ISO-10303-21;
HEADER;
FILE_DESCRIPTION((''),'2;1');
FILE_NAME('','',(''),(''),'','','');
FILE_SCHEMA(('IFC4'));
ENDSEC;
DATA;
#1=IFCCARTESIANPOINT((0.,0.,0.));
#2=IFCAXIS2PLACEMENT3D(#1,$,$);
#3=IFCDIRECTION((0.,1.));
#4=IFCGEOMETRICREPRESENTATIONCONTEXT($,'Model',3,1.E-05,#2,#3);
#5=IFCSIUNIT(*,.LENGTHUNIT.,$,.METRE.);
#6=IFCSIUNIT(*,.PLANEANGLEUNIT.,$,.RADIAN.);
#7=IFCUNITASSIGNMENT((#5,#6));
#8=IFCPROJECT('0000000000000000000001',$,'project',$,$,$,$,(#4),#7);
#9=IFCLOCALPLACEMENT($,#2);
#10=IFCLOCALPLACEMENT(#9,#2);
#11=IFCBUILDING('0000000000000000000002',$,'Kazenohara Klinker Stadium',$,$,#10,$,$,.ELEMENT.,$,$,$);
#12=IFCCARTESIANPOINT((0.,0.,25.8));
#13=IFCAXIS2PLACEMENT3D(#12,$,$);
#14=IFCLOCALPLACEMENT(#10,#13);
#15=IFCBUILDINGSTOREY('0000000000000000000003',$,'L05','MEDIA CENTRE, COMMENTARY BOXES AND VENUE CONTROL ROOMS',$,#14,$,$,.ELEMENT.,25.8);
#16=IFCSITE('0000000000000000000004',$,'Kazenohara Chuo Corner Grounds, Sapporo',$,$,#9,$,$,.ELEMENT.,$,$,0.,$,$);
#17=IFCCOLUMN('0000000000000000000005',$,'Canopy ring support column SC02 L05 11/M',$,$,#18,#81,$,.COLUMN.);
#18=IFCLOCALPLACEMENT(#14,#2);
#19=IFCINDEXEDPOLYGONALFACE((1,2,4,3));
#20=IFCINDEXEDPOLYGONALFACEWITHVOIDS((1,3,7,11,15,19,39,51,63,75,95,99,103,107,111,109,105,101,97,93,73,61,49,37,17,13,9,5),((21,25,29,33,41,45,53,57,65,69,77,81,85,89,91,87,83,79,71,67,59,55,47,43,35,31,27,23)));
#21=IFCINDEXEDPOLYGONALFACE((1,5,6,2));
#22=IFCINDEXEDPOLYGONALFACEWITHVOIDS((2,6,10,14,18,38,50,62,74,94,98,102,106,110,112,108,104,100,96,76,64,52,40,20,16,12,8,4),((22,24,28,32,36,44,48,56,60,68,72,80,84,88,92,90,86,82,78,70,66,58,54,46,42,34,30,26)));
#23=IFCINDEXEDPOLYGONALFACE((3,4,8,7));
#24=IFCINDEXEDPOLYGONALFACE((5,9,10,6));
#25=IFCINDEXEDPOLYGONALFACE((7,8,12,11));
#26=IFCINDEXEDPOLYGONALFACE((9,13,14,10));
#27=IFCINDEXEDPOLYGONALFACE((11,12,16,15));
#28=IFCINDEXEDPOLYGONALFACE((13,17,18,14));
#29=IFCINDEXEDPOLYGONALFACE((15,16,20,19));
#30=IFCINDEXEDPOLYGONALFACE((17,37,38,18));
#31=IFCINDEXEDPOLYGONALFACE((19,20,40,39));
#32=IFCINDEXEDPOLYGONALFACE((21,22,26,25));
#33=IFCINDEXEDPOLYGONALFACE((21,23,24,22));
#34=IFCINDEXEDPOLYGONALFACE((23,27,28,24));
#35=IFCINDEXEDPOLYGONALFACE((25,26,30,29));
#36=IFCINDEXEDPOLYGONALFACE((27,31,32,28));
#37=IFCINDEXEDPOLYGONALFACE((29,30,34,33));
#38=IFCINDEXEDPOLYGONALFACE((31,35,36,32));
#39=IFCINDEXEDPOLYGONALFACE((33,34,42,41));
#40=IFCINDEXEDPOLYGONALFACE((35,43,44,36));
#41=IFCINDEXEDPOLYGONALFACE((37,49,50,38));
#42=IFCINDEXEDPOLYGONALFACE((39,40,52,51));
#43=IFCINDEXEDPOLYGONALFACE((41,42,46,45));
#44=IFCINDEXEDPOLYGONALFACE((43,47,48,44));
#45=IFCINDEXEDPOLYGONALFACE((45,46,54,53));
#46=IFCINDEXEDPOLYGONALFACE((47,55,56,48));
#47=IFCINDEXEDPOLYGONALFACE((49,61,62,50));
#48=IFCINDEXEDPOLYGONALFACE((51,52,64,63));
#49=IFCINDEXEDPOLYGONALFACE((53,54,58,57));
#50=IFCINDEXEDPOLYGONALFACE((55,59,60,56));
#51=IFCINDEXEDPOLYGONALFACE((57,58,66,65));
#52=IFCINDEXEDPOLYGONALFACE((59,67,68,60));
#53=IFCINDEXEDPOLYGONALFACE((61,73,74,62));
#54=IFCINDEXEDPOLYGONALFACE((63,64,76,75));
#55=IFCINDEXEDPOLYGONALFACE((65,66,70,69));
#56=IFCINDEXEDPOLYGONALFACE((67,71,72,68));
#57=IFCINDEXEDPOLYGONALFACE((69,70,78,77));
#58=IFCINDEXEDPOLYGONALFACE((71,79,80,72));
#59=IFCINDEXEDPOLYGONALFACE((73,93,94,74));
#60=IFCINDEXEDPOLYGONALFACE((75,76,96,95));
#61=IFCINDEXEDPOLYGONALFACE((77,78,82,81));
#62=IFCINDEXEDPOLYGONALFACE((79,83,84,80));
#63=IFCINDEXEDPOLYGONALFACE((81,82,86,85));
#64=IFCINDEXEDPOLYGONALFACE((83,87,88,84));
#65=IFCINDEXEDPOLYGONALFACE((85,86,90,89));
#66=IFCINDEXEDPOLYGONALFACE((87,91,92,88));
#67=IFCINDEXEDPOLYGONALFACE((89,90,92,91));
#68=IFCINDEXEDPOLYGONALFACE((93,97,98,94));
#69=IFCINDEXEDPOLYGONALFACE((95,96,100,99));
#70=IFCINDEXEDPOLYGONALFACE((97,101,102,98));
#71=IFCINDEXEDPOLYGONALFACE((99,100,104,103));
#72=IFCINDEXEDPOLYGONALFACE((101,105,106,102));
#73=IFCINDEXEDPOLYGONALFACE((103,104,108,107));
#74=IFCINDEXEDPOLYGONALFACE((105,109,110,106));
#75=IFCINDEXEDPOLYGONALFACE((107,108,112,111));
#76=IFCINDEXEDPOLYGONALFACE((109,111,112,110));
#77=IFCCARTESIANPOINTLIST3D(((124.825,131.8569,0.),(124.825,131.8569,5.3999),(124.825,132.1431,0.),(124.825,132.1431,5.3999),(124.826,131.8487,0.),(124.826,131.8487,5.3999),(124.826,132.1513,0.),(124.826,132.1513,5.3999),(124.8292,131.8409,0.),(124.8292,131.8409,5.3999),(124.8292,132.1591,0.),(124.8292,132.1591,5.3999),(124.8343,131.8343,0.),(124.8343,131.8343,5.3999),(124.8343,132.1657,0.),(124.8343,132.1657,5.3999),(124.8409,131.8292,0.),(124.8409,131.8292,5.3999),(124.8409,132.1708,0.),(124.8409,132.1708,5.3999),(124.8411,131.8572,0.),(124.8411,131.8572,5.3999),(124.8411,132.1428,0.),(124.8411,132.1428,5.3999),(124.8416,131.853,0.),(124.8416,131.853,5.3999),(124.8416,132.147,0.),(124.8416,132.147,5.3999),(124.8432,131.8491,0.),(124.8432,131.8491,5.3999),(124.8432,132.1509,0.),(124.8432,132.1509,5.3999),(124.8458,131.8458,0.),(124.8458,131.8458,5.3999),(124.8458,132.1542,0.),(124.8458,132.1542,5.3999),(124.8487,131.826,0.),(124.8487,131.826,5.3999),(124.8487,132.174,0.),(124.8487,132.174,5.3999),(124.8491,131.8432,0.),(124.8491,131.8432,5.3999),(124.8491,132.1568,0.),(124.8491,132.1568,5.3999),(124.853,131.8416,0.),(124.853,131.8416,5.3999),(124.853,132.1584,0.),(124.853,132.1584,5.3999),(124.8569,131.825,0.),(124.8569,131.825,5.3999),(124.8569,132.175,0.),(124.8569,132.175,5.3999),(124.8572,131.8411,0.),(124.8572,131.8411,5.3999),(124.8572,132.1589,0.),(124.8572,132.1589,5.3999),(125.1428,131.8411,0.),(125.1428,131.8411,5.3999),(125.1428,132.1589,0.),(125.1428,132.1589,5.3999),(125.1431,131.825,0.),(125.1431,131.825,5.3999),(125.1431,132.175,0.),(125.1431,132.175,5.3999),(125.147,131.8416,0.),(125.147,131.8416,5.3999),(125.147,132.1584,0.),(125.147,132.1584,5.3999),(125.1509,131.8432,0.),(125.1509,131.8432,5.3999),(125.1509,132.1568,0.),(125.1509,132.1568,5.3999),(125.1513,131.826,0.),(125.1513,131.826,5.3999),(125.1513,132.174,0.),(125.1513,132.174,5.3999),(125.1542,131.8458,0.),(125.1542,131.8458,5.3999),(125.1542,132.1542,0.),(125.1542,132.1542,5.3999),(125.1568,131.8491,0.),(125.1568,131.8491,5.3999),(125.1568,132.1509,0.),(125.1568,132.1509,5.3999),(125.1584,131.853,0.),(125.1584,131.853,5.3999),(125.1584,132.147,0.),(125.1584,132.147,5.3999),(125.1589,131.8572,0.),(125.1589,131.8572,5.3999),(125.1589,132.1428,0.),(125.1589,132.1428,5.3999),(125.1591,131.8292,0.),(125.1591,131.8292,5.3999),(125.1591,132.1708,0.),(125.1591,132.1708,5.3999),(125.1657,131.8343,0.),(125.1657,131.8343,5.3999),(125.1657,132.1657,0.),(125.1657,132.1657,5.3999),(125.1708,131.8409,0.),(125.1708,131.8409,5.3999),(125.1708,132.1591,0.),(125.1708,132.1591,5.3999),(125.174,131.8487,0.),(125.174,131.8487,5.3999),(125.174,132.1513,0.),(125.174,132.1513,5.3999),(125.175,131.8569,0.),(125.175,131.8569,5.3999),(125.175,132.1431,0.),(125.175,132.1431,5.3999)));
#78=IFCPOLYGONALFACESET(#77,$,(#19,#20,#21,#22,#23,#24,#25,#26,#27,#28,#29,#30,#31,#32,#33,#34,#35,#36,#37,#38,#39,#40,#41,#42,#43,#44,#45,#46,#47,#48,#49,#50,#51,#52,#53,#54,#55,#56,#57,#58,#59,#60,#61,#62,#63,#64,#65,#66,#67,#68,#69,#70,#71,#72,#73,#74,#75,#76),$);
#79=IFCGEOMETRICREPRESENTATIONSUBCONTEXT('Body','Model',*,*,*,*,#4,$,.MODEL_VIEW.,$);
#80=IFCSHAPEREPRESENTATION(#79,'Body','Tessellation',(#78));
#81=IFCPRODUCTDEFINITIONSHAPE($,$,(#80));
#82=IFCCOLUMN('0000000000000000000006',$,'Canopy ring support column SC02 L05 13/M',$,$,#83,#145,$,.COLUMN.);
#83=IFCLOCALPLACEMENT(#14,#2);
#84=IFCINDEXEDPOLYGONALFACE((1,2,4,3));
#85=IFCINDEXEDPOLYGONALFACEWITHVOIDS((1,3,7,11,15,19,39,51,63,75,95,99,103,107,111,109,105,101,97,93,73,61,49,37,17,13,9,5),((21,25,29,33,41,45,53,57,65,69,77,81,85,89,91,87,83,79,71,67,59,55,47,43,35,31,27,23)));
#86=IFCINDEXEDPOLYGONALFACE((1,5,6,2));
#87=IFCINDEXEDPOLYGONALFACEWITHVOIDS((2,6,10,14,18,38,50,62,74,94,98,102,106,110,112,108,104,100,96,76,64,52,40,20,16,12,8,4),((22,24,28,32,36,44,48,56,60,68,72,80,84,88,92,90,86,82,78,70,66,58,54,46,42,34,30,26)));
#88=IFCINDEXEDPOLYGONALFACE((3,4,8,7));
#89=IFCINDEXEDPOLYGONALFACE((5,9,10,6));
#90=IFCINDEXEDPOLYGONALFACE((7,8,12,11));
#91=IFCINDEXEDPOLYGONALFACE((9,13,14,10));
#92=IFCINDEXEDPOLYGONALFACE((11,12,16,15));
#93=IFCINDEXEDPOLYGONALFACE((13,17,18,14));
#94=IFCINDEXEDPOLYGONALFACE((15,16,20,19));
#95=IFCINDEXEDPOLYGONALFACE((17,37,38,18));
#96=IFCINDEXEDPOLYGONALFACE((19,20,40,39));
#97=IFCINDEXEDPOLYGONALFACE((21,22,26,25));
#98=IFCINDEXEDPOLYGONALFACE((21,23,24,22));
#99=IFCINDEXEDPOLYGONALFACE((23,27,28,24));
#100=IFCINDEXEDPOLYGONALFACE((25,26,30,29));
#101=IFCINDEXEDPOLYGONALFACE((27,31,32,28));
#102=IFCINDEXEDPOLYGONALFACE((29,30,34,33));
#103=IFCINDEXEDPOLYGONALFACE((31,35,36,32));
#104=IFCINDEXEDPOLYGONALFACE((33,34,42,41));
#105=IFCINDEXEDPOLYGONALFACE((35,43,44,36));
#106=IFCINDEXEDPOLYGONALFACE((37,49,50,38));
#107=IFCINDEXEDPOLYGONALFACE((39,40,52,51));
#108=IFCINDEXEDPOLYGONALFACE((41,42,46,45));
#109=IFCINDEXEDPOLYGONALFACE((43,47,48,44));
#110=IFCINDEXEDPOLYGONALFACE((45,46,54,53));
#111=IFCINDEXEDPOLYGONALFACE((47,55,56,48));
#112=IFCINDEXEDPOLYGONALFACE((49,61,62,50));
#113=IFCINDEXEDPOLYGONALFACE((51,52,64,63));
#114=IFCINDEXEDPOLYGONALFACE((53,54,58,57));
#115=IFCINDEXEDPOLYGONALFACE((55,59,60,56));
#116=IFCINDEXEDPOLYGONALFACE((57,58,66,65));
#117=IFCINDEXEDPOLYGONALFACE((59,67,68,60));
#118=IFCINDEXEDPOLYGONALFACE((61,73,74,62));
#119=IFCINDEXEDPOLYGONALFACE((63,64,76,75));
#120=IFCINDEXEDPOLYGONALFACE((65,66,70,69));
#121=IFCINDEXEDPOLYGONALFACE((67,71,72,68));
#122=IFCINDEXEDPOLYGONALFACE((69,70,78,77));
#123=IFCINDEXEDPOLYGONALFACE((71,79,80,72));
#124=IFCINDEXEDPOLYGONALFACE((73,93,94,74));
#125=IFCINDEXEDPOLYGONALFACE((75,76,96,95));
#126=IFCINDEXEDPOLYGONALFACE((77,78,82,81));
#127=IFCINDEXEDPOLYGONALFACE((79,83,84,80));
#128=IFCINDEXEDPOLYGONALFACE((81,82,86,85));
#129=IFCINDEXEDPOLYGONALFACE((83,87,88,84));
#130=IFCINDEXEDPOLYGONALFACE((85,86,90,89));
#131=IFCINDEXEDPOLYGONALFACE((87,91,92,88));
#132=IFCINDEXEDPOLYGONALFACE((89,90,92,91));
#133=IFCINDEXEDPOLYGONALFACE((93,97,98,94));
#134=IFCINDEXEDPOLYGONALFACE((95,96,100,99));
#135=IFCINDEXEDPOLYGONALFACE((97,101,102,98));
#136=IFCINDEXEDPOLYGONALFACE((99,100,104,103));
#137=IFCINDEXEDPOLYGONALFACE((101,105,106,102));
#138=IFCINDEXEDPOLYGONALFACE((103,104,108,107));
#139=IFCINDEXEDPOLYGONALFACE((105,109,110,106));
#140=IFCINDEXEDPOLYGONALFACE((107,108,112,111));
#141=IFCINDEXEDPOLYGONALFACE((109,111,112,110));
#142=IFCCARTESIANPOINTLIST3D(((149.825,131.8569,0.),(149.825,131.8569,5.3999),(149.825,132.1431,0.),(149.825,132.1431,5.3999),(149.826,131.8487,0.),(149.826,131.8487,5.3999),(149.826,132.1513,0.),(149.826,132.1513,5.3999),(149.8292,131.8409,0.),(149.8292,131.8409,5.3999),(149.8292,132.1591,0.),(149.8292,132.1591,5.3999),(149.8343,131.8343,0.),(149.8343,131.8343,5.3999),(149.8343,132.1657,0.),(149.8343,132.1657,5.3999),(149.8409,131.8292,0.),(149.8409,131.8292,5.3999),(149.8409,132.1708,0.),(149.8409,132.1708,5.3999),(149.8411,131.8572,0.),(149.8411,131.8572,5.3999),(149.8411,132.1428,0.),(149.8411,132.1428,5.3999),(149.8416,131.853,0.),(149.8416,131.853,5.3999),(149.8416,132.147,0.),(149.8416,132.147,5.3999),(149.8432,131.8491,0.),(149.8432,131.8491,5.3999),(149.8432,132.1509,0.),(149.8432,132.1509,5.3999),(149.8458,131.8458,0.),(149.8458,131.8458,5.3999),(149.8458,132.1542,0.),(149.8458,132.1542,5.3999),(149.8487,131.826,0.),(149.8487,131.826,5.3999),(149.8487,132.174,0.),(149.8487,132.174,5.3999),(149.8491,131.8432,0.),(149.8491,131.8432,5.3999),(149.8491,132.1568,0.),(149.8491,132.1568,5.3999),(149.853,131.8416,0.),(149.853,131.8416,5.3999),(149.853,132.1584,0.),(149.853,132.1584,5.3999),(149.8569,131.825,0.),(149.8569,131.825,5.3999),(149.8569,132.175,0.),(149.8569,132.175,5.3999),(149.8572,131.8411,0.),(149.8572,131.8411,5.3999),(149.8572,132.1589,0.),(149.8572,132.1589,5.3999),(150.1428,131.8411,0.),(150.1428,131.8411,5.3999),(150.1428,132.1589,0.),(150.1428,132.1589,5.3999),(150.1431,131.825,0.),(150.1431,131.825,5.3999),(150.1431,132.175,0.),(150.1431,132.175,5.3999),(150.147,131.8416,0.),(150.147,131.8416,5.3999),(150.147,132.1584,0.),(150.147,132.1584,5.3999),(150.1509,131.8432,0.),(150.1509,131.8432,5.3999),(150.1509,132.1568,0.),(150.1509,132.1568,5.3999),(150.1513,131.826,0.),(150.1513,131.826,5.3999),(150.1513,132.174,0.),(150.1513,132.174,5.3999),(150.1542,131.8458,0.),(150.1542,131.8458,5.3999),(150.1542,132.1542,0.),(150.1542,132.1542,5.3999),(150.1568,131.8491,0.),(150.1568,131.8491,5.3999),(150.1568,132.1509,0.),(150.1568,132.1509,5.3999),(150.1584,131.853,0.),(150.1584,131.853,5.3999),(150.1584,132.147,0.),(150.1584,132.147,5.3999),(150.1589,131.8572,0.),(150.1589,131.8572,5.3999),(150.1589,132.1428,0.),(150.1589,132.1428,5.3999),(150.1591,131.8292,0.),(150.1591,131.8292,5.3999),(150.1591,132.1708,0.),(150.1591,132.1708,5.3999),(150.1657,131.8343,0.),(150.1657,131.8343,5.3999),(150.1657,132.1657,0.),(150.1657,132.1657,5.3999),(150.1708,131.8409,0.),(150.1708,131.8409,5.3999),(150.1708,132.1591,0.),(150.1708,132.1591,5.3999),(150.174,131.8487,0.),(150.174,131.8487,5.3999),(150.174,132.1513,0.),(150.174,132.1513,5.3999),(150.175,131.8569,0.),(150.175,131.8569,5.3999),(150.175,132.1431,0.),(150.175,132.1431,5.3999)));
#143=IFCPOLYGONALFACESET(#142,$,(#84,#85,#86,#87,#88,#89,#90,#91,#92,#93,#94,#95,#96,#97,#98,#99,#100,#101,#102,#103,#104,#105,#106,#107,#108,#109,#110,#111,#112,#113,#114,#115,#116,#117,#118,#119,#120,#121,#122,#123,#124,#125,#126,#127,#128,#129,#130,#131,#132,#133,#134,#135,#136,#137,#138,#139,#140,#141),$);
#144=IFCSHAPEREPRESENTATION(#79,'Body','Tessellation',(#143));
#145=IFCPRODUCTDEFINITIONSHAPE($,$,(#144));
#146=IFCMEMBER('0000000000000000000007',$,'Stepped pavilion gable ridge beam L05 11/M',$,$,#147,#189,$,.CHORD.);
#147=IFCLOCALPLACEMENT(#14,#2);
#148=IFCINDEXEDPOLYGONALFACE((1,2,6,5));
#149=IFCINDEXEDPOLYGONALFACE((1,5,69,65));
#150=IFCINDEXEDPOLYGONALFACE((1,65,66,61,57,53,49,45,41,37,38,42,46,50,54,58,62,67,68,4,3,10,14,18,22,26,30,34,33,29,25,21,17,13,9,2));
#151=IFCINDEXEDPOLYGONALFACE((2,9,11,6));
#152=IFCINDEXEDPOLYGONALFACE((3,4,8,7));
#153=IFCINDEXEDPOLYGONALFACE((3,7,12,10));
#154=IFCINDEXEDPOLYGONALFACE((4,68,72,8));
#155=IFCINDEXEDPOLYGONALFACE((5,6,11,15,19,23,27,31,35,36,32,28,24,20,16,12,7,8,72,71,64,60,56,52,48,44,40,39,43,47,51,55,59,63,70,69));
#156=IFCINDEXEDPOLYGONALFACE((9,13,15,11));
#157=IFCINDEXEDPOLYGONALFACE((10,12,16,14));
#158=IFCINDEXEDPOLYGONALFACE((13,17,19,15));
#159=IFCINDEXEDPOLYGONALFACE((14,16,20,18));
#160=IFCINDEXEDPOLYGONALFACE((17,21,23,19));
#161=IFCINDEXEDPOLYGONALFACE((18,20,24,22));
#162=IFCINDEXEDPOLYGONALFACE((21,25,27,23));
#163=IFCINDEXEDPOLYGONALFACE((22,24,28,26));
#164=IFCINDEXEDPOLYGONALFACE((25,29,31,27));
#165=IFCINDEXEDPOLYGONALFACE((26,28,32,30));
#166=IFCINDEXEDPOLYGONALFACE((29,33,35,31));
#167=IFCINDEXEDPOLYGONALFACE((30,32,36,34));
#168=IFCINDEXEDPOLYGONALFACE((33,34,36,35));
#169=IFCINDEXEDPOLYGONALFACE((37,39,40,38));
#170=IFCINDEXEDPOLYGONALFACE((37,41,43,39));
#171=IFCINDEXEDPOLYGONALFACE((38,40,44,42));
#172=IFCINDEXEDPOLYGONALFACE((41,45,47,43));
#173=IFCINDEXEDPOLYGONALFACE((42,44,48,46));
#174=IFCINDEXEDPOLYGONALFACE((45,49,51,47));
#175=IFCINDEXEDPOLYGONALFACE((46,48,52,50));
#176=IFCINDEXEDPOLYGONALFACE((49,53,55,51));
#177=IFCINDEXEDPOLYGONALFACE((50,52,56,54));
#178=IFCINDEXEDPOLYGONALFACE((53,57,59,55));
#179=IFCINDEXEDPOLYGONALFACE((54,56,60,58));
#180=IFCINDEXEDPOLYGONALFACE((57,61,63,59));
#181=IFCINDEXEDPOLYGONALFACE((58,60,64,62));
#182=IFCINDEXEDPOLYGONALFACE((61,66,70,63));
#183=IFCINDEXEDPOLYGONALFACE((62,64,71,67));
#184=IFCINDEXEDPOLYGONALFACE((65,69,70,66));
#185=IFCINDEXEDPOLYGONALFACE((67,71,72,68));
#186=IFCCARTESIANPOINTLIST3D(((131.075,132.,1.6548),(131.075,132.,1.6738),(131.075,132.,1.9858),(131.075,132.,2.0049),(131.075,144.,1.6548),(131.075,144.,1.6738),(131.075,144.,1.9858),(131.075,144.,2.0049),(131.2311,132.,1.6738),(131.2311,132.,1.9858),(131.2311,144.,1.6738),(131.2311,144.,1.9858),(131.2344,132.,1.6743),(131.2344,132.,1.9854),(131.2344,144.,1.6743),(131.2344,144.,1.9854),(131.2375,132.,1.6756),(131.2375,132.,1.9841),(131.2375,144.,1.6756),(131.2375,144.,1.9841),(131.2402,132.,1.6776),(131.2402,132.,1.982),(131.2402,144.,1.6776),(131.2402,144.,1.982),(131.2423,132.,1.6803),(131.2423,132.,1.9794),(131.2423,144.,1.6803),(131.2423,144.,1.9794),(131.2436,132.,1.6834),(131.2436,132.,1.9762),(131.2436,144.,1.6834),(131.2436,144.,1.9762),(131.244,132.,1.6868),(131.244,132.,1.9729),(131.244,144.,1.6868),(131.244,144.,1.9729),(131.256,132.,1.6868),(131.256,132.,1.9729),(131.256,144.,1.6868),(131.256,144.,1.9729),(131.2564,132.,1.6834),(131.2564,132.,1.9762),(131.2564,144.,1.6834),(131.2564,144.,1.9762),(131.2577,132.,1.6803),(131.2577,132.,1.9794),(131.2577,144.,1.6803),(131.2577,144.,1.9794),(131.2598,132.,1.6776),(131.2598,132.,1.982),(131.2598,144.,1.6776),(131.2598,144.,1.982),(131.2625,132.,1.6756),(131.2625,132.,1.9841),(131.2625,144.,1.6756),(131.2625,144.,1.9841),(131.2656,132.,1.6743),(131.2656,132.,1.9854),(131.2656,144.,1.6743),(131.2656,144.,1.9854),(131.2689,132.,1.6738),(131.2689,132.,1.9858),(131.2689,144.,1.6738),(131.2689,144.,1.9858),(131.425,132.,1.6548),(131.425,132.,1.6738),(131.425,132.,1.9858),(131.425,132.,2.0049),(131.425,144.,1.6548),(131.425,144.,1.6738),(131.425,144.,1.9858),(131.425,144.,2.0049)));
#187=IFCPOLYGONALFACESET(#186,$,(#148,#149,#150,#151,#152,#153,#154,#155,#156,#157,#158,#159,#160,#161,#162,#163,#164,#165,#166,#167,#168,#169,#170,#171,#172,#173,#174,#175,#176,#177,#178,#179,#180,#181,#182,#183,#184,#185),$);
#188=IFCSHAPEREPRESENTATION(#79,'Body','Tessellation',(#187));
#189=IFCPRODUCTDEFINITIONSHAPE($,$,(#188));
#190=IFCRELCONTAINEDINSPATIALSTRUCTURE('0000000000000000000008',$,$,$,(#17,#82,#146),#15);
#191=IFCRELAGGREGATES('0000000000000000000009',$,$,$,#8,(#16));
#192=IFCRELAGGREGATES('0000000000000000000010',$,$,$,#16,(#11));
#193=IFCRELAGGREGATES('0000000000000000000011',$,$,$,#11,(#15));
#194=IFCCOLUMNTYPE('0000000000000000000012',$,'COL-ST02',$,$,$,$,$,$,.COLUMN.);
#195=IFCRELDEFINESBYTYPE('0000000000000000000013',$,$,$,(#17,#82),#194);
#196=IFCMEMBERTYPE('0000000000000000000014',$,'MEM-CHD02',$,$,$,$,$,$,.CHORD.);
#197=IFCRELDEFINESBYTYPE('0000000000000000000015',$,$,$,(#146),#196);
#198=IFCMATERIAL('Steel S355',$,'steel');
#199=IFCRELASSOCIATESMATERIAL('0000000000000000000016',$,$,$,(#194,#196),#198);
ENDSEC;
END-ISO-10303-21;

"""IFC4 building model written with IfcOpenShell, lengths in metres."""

from ifc_helpers import new_model, si_unit, direction, frame, origin, origin_2d, place, context, subcontext, project, spatial, hollow_rectangle, i_section, extrude, material, material_profile, profile_set, type_object, element, save


model = new_model("IFC4")

# Units and contexts
model_context = context("Model", 3, precision=1e-05, world=origin(), true_north=direction((0.0, 1.0)))
body_context = subcontext(model_context, "Body", "Model", "MODEL_VIEW")
ifc_project = project(units=[si_unit("LENGTHUNIT", "METRE"), si_unit("PLANEANGLEUNIT", "RADIAN")], contexts=[model_context])

# Site, building, storey
site_placement = place(None, origin())
site = spatial("IfcSite", under=ifc_project, at=site_placement, Name="Kazenohara Chuo Corner Grounds, Sapporo", CompositionType="ELEMENT", RefElevation=0.0)
building_placement = place(site_placement, origin())
building = spatial("IfcBuilding", under=site, at=building_placement, Name="Kazenohara Klinker Stadium", CompositionType="ELEMENT")
storey_placement = place(building_placement, frame((0.0, 0.0, 25.8)))
storey = spatial("IfcBuildingStorey", under=building, at=storey_placement, Name="L05", Description="MEDIA CENTRE, COMMENTARY BOXES AND VENUE CONTROL ROOMS", CompositionType="ELEMENT", Elevation=25.8)

# Columns
ifc_material_1 = material(Name="Steel S355", Category="steel")
ifc_material_profile_1 = material_profile(ifc_material_1, hollow_rectangle(XDim=0.3501, YDim=0.3501, WallThickness=0.0161, InnerFilletRadius=0.0161, OuterFilletRadius=0.032, at=origin_2d()), Name="SHS-350x350x16")
ifc_profile_set_1 = profile_set([ifc_material_profile_1], Name="Steel S355")
column_type_1 = type_object("IfcColumnType", Name="COL-ST02", PredefinedType="COLUMN", material=ifc_profile_set_1)
for number, where, z_axis, x_axis, name in (
    (1, (125.0, 132.0, 0.0), (0.0, 0.0, 1.0), (1.0, 0.0, 0.0), "Canopy ring support column SC02 L05 11/M"),
    (2, (150.0, 132.0, 0.0), (0.0, 0.0, 1.0), (1.0, 0.0, 0.0), "Canopy ring support column SC02 L05 13/M"),
):
    element("IfcColumn", number, at=place(storey_placement, frame(where, z_axis=z_axis, x_axis=x_axis)), inside=storey, type_object=column_type_1, Name=name, PredefinedType="COLUMN", context=body_context, shape_type="SweptSolid", body=[
        extrude(hollow_rectangle(XDim=0.3501, YDim=0.3501, WallThickness=0.0161, InnerFilletRadius=0.0161, OuterFilletRadius=0.032, at=origin_2d()), origin(), (0.0, 0.0, 1.0), 5.3999),
    ])

# Member
ifc_material_profile_2 = material_profile(ifc_material_1, i_section(OverallWidth=0.3501, OverallDepth=0.3501, WebThickness=0.012, FlangeThickness=0.019, FilletRadius=0.0129, at=origin_2d()), Name="H-350x350x12x19")
ifc_profile_set_2 = profile_set([ifc_material_profile_2], Name="Steel S355")
member_type_1 = type_object("IfcMemberType", Name="MEM-CHD02", PredefinedType="CHORD", material=ifc_profile_set_2)
for number, where, z_axis, x_axis, name in (
    (3, (131.25, 132.0, 1.8298), (0.0, 1.0, 0.0), (-1.0, 0.0, 0.0), "Stepped pavilion gable ridge beam L05 11/M"),
):
    element("IfcMember", number, at=place(storey_placement, frame(where, z_axis=z_axis, x_axis=x_axis)), inside=storey, type_object=member_type_1, Name=name, PredefinedType="CHORD", context=body_context, shape_type="SweptSolid", body=[
        extrude(i_section(OverallWidth=0.3501, OverallDepth=0.3501, WebThickness=0.012, FlangeThickness=0.019, FilletRadius=0.0129, at=origin_2d()), origin(), (0.0, 0.0, 1.0), 12.0),
    ])

save(model, "model.ifc")
